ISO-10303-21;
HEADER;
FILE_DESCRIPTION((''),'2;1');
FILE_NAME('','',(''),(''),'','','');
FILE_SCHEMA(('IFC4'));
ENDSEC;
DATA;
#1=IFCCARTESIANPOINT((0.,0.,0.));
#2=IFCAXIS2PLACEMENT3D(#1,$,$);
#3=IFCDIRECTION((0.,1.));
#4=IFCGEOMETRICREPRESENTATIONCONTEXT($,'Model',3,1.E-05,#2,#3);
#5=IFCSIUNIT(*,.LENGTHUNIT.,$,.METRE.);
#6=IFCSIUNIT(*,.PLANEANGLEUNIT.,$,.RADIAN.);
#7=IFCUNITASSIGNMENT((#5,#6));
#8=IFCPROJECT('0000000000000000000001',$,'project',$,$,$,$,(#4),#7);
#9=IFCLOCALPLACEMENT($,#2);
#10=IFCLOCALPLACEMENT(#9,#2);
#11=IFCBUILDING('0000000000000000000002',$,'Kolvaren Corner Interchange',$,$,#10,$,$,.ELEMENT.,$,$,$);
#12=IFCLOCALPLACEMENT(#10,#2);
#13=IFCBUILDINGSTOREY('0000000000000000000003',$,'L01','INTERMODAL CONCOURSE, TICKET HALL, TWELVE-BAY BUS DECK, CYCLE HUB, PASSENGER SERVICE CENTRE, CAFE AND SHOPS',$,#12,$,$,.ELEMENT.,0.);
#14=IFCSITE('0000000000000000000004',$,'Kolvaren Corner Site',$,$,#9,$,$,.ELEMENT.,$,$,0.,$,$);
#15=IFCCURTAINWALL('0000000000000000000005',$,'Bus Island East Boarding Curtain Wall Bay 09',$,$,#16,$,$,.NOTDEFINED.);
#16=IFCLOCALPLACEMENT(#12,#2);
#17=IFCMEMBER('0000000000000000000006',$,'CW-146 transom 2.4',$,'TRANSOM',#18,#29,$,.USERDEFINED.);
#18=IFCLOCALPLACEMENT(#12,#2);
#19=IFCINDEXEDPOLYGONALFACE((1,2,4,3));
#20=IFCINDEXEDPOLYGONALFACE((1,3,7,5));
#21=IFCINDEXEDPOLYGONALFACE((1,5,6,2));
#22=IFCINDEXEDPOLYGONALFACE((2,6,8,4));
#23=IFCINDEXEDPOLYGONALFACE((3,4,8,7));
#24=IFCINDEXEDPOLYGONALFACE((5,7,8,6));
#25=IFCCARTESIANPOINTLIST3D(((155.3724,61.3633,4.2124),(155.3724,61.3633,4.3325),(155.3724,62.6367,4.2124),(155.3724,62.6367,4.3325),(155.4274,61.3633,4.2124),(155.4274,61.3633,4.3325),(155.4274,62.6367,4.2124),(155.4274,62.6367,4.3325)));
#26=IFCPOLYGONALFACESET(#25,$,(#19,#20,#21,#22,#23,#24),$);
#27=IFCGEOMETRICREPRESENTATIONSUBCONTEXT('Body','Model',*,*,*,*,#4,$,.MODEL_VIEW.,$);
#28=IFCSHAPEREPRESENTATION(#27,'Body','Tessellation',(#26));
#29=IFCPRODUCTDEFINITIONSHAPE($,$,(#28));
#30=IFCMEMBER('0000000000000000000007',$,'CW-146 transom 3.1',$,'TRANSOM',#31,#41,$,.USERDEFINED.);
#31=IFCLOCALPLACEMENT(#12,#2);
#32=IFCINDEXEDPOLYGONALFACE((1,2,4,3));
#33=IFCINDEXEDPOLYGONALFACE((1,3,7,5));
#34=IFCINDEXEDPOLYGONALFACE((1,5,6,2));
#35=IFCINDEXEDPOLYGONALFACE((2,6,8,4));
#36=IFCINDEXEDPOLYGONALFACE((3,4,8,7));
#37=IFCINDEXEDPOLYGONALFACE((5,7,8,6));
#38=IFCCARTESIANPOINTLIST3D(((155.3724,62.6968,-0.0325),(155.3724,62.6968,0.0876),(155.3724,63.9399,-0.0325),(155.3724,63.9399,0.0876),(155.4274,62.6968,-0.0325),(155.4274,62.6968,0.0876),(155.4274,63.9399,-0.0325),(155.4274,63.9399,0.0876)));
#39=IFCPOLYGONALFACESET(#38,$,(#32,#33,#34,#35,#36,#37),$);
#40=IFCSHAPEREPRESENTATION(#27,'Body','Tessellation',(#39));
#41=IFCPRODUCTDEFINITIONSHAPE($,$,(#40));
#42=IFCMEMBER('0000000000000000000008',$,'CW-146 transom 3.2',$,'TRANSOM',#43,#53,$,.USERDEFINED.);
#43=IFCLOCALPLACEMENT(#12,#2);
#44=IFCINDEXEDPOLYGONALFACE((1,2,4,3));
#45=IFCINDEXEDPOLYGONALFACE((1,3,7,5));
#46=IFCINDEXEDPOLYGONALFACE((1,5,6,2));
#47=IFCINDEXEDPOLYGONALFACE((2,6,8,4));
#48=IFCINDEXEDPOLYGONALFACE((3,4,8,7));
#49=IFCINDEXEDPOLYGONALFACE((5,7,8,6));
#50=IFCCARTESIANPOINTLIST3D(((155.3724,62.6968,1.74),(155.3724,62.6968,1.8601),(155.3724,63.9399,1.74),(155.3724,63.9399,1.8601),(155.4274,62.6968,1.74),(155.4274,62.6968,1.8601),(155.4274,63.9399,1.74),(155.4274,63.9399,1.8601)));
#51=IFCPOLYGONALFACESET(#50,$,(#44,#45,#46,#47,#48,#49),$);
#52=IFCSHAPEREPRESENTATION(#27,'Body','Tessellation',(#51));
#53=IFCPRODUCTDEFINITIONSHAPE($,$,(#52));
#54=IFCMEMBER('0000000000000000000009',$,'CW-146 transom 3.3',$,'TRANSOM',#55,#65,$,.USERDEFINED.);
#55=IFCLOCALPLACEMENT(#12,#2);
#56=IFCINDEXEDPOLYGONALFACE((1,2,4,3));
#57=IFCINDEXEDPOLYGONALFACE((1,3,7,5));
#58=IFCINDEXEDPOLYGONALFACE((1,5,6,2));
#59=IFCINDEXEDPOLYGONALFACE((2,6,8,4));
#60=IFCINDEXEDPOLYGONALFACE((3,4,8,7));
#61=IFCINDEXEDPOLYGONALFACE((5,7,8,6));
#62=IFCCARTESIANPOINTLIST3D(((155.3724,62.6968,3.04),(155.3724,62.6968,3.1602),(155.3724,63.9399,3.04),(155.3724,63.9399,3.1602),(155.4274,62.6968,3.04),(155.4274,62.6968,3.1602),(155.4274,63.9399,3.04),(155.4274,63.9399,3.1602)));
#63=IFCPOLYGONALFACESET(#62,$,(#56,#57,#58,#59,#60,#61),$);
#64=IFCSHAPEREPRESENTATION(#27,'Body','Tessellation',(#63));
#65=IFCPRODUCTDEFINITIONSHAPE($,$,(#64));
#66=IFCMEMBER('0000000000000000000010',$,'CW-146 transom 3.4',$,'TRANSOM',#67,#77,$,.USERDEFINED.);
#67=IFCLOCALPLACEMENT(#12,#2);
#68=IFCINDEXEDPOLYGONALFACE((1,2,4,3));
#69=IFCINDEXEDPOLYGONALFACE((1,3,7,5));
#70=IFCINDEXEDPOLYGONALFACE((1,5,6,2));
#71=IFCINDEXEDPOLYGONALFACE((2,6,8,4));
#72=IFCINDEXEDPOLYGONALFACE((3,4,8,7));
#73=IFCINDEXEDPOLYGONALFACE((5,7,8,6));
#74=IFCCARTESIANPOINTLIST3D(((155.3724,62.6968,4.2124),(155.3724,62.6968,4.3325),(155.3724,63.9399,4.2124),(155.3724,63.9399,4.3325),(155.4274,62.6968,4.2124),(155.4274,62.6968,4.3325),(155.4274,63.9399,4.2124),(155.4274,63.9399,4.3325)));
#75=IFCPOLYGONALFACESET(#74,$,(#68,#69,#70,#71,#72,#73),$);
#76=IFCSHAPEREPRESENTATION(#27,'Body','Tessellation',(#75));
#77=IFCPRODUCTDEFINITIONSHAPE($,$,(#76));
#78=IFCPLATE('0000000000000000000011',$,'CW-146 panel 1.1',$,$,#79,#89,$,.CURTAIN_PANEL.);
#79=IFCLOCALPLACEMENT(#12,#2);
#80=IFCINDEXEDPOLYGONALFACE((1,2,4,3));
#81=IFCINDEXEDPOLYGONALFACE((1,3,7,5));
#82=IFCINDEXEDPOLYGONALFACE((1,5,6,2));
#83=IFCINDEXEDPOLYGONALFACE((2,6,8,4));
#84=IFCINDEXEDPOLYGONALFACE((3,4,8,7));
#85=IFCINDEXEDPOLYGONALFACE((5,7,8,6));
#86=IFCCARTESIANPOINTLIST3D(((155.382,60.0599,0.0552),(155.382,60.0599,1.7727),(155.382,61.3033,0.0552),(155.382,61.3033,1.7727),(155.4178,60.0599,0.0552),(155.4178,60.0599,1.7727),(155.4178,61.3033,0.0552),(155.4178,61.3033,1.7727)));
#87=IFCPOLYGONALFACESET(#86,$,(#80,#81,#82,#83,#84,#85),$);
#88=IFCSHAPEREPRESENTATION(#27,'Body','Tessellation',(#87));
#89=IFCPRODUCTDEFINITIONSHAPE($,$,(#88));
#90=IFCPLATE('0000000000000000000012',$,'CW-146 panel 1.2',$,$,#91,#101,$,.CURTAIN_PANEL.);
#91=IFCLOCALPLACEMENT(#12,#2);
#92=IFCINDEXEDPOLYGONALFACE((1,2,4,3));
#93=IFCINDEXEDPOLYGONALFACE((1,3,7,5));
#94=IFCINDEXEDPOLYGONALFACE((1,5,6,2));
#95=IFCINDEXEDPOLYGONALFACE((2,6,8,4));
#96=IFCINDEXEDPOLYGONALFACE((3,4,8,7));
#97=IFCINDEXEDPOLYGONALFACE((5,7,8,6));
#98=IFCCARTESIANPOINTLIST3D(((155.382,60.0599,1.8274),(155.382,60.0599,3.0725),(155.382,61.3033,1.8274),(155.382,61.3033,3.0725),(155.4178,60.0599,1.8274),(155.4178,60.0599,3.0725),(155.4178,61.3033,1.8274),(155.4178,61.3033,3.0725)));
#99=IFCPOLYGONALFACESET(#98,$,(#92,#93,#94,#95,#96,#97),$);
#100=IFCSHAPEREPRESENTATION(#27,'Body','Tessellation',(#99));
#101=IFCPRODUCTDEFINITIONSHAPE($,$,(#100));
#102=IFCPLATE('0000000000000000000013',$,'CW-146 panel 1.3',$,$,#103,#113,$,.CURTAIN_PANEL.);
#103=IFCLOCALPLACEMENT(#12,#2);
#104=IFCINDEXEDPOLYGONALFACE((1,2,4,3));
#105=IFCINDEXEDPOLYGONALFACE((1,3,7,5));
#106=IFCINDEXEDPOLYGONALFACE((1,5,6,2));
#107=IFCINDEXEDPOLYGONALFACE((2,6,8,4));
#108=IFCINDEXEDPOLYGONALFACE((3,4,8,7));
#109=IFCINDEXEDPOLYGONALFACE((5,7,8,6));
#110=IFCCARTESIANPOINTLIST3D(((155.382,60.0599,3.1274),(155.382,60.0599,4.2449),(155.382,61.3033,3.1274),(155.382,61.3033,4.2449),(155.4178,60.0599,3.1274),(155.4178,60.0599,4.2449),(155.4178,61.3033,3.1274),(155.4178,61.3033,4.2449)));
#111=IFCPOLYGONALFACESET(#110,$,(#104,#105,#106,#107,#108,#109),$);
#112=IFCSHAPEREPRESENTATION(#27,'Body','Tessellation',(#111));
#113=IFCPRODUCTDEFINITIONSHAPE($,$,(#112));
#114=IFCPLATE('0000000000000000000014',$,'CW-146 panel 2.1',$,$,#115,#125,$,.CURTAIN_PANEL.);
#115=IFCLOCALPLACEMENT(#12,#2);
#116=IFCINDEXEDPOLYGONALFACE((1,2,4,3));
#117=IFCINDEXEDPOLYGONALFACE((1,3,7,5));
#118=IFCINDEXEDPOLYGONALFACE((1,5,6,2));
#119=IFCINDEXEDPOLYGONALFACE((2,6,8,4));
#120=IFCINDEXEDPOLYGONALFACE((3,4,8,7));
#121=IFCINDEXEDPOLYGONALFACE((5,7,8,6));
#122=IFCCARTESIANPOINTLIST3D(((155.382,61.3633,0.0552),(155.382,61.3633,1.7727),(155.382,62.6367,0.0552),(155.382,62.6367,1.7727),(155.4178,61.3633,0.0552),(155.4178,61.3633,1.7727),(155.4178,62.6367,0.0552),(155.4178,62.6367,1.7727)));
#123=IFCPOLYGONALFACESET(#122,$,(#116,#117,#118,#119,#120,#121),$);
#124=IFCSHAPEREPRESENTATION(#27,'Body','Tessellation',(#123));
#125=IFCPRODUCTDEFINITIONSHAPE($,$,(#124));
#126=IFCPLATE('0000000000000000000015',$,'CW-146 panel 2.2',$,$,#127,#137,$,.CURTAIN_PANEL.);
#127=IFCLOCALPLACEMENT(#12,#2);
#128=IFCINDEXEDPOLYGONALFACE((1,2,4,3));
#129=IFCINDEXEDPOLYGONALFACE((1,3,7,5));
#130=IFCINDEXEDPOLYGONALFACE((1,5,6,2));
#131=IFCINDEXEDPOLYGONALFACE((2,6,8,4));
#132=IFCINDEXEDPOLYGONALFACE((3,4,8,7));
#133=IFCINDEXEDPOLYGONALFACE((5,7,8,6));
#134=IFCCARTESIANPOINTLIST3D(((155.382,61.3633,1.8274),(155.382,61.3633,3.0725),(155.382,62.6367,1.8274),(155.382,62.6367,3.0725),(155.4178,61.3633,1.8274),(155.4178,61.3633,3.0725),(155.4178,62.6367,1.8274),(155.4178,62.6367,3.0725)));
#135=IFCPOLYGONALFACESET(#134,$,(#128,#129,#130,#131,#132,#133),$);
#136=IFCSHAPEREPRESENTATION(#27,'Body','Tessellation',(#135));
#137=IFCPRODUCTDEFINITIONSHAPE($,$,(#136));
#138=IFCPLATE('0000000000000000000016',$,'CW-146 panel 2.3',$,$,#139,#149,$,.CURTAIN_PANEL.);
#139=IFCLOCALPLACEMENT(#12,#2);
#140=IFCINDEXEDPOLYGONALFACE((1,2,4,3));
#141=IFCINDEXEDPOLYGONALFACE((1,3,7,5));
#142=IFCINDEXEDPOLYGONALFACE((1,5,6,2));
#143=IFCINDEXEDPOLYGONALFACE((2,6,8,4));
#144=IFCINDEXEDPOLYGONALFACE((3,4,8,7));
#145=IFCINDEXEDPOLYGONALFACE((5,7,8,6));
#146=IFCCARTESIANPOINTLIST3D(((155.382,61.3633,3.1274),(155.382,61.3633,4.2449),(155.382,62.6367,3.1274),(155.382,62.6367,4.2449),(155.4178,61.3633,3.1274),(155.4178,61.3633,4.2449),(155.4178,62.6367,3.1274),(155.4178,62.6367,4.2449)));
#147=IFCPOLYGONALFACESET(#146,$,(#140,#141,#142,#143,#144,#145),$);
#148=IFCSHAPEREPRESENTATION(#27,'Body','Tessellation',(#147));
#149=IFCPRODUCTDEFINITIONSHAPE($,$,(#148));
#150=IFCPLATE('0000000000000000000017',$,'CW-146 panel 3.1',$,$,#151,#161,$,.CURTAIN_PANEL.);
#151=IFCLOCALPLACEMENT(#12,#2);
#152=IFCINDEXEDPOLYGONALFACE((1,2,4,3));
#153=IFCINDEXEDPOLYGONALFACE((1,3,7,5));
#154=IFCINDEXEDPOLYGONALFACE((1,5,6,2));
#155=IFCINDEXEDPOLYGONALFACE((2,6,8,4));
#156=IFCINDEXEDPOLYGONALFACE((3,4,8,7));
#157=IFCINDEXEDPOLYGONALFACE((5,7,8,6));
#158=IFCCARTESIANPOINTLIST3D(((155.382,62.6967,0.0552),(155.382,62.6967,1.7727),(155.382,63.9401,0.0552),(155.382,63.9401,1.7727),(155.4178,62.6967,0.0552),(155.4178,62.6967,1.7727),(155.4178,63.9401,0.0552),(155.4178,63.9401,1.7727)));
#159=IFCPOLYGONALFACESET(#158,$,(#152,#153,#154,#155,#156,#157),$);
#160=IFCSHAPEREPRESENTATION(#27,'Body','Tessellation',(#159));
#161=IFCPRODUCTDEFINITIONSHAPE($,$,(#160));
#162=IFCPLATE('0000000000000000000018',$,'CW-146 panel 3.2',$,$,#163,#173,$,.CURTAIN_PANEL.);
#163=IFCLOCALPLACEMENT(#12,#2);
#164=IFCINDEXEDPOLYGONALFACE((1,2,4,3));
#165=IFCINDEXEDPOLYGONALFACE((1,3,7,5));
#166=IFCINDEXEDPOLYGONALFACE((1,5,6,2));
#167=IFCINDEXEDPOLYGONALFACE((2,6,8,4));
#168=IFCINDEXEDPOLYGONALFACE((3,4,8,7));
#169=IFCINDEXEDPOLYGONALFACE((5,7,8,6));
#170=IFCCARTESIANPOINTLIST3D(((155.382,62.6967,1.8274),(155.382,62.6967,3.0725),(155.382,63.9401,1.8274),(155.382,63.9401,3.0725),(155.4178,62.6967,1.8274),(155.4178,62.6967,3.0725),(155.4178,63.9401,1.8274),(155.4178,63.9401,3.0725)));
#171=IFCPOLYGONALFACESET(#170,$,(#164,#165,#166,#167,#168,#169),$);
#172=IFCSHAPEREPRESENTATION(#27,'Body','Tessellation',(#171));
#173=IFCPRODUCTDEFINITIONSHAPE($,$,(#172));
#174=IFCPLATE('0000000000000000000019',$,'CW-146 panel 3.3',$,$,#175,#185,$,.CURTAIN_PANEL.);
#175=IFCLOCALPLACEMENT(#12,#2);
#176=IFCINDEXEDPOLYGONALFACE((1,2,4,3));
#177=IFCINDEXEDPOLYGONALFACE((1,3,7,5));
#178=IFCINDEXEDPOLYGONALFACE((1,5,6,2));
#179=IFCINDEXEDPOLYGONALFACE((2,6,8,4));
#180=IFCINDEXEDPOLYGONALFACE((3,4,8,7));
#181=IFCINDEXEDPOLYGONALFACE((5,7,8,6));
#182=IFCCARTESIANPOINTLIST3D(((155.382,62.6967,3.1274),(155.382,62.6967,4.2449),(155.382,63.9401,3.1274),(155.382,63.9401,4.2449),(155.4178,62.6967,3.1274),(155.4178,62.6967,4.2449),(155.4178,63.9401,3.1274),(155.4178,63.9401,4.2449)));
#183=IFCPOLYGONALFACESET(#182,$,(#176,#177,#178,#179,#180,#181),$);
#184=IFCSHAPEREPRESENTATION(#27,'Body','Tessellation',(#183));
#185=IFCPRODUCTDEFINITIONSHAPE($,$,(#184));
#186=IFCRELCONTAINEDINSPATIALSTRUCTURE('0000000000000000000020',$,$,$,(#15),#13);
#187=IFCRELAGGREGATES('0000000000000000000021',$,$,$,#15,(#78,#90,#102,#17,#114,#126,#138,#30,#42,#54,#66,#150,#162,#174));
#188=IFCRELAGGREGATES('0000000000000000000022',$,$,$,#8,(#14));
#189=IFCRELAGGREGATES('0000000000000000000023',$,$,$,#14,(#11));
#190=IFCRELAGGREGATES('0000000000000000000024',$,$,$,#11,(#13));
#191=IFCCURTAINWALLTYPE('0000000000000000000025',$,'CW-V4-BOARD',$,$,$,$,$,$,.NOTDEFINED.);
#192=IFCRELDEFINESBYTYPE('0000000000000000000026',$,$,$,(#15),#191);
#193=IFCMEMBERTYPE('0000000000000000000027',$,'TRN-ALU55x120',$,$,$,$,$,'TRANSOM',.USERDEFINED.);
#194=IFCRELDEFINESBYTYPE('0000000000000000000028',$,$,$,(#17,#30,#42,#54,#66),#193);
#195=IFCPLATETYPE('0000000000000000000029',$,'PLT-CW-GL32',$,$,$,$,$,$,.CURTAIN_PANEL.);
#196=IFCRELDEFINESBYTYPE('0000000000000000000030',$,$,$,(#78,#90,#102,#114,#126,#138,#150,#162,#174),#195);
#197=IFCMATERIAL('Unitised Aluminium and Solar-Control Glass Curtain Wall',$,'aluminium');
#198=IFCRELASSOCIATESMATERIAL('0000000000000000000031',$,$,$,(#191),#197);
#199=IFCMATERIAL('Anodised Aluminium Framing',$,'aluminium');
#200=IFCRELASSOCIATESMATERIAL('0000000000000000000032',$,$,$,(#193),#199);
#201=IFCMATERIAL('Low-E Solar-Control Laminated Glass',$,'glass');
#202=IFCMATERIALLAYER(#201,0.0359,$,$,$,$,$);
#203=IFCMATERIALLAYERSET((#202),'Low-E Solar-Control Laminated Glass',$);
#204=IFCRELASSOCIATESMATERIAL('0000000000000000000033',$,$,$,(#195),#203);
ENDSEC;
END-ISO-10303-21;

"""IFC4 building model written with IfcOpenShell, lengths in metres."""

from ifc_helpers import new_model, si_unit, direction, frame, origin, origin_2d, place, context, subcontext, project, spatial, rectangle, extrude, material, layer, layer_set, material_profile, profile_set, type_object, element, aggregate, save


model = new_model("IFC4")

# Units and contexts
model_context = context("Model", 3, precision=1e-05, world=origin(), true_north=direction((0.0, 1.0)))
body_context = subcontext(model_context, "Body", "Model", "MODEL_VIEW")
ifc_project = project(units=[si_unit("LENGTHUNIT", "METRE"), si_unit("PLANEANGLEUNIT", "RADIAN")], contexts=[model_context])

# Site, building, storey
site_placement = place(None, origin())
site = spatial("IfcSite", under=ifc_project, at=site_placement, Name="Kolvaren Corner Site", CompositionType="ELEMENT", RefElevation=0.0)
building_placement = place(site_placement, origin())
building = spatial("IfcBuilding", under=site, at=building_placement, Name="Kolvaren Corner Interchange", CompositionType="ELEMENT")
storey_placement = place(building_placement, origin())
storey = spatial("IfcBuildingStorey", under=building, at=storey_placement, Name="L01", Description="INTERMODAL CONCOURSE, TICKET HALL, TWELVE-BAY BUS DECK, CYCLE HUB, PASSENGER SERVICE CENTRE, CAFE AND SHOPS", CompositionType="ELEMENT", Elevation=0.0)

# Curtain wall, members, plates
ifc_material_1 = material(Name="Unitised Aluminium and Solar-Control Glass Curtain Wall", Category="aluminium")
curtain_wall_type = type_object("IfcCurtainWallType", Name="CW-V4-BOARD", PredefinedType="NOTDEFINED", material=ifc_material_1)
curtain_wall_placement = place(storey_placement, origin())
curtain_wall = element("IfcCurtainWall", 1, at=curtain_wall_placement, inside=storey, type_object=curtain_wall_type, Name="Bus Island East Boarding Curtain Wall Bay 09", PredefinedType="NOTDEFINED")
ifc_material_2 = material(Name="Anodised Aluminium Framing", Category="aluminium")
ifc_material_profile_1 = material_profile(ifc_material_2, rectangle(XDim=0.0549, YDim=0.1201, at=origin_2d()), Name="ALU 55x120")
ifc_profile_set_1 = profile_set([ifc_material_profile_1], Name="Anodised Aluminium Framing")
member_type_1 = type_object("IfcMemberType", Name="TRN-ALU55x120", ElementType="TRANSOM", PredefinedType="USERDEFINED", material=ifc_profile_set_1)
member_1_placement = place(storey_placement, frame((155.3999, 61.3633, 4.2725), z_axis=(0.0, 1.0, 0.0), x_axis=(-1.0, 0.0, 0.0)))
member_1 = element("IfcMember", 2, at=member_1_placement, type_object=member_type_1, Name="CW-146 transom 2.4", ObjectType="TRANSOM", PredefinedType="USERDEFINED", context=body_context, shape_type="SweptSolid", body=[
    extrude(rectangle(XDim=0.0549, YDim=0.1201, at=origin_2d()), origin(), (0.0, 0.0, 1.0), 1.2734),
])
member_2_placement = place(storey_placement, frame((155.3999, 62.6968, 0.0276), z_axis=(0.0, 1.0, 0.0), x_axis=(-1.0, 0.0, 0.0)))
member_2 = element("IfcMember", 3, at=member_2_placement, type_object=member_type_1, Name="CW-146 transom 3.1", ObjectType="TRANSOM", PredefinedType="USERDEFINED", context=body_context, shape_type="SweptSolid", body=[
    extrude(rectangle(XDim=0.0549, YDim=0.1201, at=origin_2d()), origin(), (0.0, 0.0, 1.0), 1.2432),
])
member_3_placement = place(storey_placement, frame((155.3999, 62.6968, 1.8), z_axis=(0.0, 1.0, 0.0), x_axis=(-1.0, 0.0, 0.0)))
member_3 = element("IfcMember", 4, at=member_3_placement, type_object=member_type_1, Name="CW-146 transom 3.2", ObjectType="TRANSOM", PredefinedType="USERDEFINED", context=body_context, shape_type="SweptSolid", body=[
    extrude(rectangle(XDim=0.0549, YDim=0.1201, at=origin_2d()), origin(), (0.0, 0.0, 1.0), 1.2432),
])
member_4_placement = place(storey_placement, frame((155.3999, 62.6968, 3.1001), z_axis=(0.0, 1.0, 0.0), x_axis=(-1.0, 0.0, 0.0)))
member_4 = element("IfcMember", 5, at=member_4_placement, type_object=member_type_1, Name="CW-146 transom 3.3", ObjectType="TRANSOM", PredefinedType="USERDEFINED", context=body_context, shape_type="SweptSolid", body=[
    extrude(rectangle(XDim=0.0549, YDim=0.1201, at=origin_2d()), origin(), (0.0, 0.0, 1.0), 1.2432),
])
member_5_placement = place(storey_placement, frame((155.3999, 62.6968, 4.2725), z_axis=(0.0, 1.0, 0.0), x_axis=(-1.0, 0.0, 0.0)))
member_5 = element("IfcMember", 6, at=member_5_placement, type_object=member_type_1, Name="CW-146 transom 3.4", ObjectType="TRANSOM", PredefinedType="USERDEFINED", context=body_context, shape_type="SweptSolid", body=[
    extrude(rectangle(XDim=0.0549, YDim=0.1201, at=origin_2d()), origin(), (0.0, 0.0, 1.0), 1.2432),
])
ifc_material_3 = material(Name="Low-E Solar-Control Laminated Glass", Category="glass")
ifc_layer = layer(ifc_material_3, 0.0359)
ifc_layer_set = layer_set([ifc_layer], Name="Low-E Solar-Control Laminated Glass")
plate_type = type_object("IfcPlateType", Name="PLT-CW-GL32", PredefinedType="CURTAIN_PANEL", material=ifc_layer_set)
plate_1_placement = place(storey_placement, frame((155.3999, 60.6816, 0.0552), z_axis=(0.0, 0.0, 1.0), x_axis=(0.0, 1.0, 0.0)))
plate_1 = element("IfcPlate", 7, at=plate_1_placement, type_object=plate_type, Name="CW-146 panel 1.1", PredefinedType="CURTAIN_PANEL", context=body_context, shape_type="SweptSolid", body=[
    extrude(rectangle(XDim=1.2434, YDim=0.0359, at=origin_2d()), origin(), (0.0, 0.0, 1.0), 1.7175),
])
plate_2_placement = place(storey_placement, frame((155.3999, 60.6816, 1.8274), z_axis=(0.0, 0.0, 1.0), x_axis=(0.0, 1.0, 0.0)))
plate_2 = element("IfcPlate", 8, at=plate_2_placement, type_object=plate_type, Name="CW-146 panel 1.2", PredefinedType="CURTAIN_PANEL", context=body_context, shape_type="SweptSolid", body=[
    extrude(rectangle(XDim=1.2434, YDim=0.0359, at=origin_2d()), origin(), (0.0, 0.0, 1.0), 1.2451),
])
plate_3_placement = place(storey_placement, frame((155.3999, 60.6816, 3.1274), z_axis=(0.0, 0.0, 1.0), x_axis=(0.0, 1.0, 0.0)))
plate_3 = element("IfcPlate", 9, at=plate_3_placement, type_object=plate_type, Name="CW-146 panel 1.3", PredefinedType="CURTAIN_PANEL", context=body_context, shape_type="SweptSolid", body=[
    extrude(rectangle(XDim=1.2434, YDim=0.0359, at=origin_2d()), origin(), (0.0, 0.0, 1.0), 1.1174),
])
plate_4_placement = place(storey_placement, frame((155.3999, 62.0, 0.0552), z_axis=(0.0, 0.0, 1.0), x_axis=(0.0, 1.0, 0.0)))
plate_4 = element("IfcPlate", 10, at=plate_4_placement, type_object=plate_type, Name="CW-146 panel 2.1", PredefinedType="CURTAIN_PANEL", context=body_context, shape_type="SweptSolid", body=[
    extrude(rectangle(XDim=1.2734, YDim=0.0359, at=origin_2d()), origin(), (0.0, 0.0, 1.0), 1.7175),
])
plate_5_placement = place(storey_placement, frame((155.3999, 62.0, 1.8274), z_axis=(0.0, 0.0, 1.0), x_axis=(0.0, 1.0, 0.0)))
plate_5 = element("IfcPlate", 11, at=plate_5_placement, type_object=plate_type, Name="CW-146 panel 2.2", PredefinedType="CURTAIN_PANEL", context=body_context, shape_type="SweptSolid", body=[
    extrude(rectangle(XDim=1.2734, YDim=0.0359, at=origin_2d()), origin(), (0.0, 0.0, 1.0), 1.2451),
])
plate_6_placement = place(storey_placement, frame((155.3999, 62.0, 3.1274), z_axis=(0.0, 0.0, 1.0), x_axis=(0.0, 1.0, 0.0)))
plate_6 = element("IfcPlate", 12, at=plate_6_placement, type_object=plate_type, Name="CW-146 panel 2.3", PredefinedType="CURTAIN_PANEL", context=body_context, shape_type="SweptSolid", body=[
    extrude(rectangle(XDim=1.2734, YDim=0.0359, at=origin_2d()), origin(), (0.0, 0.0, 1.0), 1.1174),
])
plate_7_placement = place(storey_placement, frame((155.3999, 63.3184, 0.0552), z_axis=(0.0, 0.0, 1.0), x_axis=(0.0, 1.0, 0.0)))
plate_7 = element("IfcPlate", 13, at=plate_7_placement, type_object=plate_type, Name="CW-146 panel 3.1", PredefinedType="CURTAIN_PANEL", context=body_context, shape_type="SweptSolid", body=[
    extrude(rectangle(XDim=1.2434, YDim=0.0359, at=origin_2d()), origin(), (0.0, 0.0, 1.0), 1.7175),
])
plate_8_placement = place(storey_placement, frame((155.3999, 63.3184, 1.8274), z_axis=(0.0, 0.0, 1.0), x_axis=(0.0, 1.0, 0.0)))
plate_8 = element("IfcPlate", 14, at=plate_8_placement, type_object=plate_type, Name="CW-146 panel 3.2", PredefinedType="CURTAIN_PANEL", context=body_context, shape_type="SweptSolid", body=[
    extrude(rectangle(XDim=1.2434, YDim=0.0359, at=origin_2d()), origin(), (0.0, 0.0, 1.0), 1.2451),
])
plate_9_placement = place(storey_placement, frame((155.3999, 63.3184, 3.1274), z_axis=(0.0, 0.0, 1.0), x_axis=(0.0, 1.0, 0.0)))
plate_9 = element("IfcPlate", 15, at=plate_9_placement, type_object=plate_type, Name="CW-146 panel 3.3", PredefinedType="CURTAIN_PANEL", context=body_context, shape_type="SweptSolid", body=[
    extrude(rectangle(XDim=1.2434, YDim=0.0359, at=origin_2d()), origin(), (0.0, 0.0, 1.0), 1.1174),
])
aggregate(curtain_wall, [plate_1, plate_2, plate_3, member_1, plate_4, plate_5, plate_6, member_2, member_3, member_4, member_5, plate_7, plate_8, plate_9])

save(model, "model.ifc")
